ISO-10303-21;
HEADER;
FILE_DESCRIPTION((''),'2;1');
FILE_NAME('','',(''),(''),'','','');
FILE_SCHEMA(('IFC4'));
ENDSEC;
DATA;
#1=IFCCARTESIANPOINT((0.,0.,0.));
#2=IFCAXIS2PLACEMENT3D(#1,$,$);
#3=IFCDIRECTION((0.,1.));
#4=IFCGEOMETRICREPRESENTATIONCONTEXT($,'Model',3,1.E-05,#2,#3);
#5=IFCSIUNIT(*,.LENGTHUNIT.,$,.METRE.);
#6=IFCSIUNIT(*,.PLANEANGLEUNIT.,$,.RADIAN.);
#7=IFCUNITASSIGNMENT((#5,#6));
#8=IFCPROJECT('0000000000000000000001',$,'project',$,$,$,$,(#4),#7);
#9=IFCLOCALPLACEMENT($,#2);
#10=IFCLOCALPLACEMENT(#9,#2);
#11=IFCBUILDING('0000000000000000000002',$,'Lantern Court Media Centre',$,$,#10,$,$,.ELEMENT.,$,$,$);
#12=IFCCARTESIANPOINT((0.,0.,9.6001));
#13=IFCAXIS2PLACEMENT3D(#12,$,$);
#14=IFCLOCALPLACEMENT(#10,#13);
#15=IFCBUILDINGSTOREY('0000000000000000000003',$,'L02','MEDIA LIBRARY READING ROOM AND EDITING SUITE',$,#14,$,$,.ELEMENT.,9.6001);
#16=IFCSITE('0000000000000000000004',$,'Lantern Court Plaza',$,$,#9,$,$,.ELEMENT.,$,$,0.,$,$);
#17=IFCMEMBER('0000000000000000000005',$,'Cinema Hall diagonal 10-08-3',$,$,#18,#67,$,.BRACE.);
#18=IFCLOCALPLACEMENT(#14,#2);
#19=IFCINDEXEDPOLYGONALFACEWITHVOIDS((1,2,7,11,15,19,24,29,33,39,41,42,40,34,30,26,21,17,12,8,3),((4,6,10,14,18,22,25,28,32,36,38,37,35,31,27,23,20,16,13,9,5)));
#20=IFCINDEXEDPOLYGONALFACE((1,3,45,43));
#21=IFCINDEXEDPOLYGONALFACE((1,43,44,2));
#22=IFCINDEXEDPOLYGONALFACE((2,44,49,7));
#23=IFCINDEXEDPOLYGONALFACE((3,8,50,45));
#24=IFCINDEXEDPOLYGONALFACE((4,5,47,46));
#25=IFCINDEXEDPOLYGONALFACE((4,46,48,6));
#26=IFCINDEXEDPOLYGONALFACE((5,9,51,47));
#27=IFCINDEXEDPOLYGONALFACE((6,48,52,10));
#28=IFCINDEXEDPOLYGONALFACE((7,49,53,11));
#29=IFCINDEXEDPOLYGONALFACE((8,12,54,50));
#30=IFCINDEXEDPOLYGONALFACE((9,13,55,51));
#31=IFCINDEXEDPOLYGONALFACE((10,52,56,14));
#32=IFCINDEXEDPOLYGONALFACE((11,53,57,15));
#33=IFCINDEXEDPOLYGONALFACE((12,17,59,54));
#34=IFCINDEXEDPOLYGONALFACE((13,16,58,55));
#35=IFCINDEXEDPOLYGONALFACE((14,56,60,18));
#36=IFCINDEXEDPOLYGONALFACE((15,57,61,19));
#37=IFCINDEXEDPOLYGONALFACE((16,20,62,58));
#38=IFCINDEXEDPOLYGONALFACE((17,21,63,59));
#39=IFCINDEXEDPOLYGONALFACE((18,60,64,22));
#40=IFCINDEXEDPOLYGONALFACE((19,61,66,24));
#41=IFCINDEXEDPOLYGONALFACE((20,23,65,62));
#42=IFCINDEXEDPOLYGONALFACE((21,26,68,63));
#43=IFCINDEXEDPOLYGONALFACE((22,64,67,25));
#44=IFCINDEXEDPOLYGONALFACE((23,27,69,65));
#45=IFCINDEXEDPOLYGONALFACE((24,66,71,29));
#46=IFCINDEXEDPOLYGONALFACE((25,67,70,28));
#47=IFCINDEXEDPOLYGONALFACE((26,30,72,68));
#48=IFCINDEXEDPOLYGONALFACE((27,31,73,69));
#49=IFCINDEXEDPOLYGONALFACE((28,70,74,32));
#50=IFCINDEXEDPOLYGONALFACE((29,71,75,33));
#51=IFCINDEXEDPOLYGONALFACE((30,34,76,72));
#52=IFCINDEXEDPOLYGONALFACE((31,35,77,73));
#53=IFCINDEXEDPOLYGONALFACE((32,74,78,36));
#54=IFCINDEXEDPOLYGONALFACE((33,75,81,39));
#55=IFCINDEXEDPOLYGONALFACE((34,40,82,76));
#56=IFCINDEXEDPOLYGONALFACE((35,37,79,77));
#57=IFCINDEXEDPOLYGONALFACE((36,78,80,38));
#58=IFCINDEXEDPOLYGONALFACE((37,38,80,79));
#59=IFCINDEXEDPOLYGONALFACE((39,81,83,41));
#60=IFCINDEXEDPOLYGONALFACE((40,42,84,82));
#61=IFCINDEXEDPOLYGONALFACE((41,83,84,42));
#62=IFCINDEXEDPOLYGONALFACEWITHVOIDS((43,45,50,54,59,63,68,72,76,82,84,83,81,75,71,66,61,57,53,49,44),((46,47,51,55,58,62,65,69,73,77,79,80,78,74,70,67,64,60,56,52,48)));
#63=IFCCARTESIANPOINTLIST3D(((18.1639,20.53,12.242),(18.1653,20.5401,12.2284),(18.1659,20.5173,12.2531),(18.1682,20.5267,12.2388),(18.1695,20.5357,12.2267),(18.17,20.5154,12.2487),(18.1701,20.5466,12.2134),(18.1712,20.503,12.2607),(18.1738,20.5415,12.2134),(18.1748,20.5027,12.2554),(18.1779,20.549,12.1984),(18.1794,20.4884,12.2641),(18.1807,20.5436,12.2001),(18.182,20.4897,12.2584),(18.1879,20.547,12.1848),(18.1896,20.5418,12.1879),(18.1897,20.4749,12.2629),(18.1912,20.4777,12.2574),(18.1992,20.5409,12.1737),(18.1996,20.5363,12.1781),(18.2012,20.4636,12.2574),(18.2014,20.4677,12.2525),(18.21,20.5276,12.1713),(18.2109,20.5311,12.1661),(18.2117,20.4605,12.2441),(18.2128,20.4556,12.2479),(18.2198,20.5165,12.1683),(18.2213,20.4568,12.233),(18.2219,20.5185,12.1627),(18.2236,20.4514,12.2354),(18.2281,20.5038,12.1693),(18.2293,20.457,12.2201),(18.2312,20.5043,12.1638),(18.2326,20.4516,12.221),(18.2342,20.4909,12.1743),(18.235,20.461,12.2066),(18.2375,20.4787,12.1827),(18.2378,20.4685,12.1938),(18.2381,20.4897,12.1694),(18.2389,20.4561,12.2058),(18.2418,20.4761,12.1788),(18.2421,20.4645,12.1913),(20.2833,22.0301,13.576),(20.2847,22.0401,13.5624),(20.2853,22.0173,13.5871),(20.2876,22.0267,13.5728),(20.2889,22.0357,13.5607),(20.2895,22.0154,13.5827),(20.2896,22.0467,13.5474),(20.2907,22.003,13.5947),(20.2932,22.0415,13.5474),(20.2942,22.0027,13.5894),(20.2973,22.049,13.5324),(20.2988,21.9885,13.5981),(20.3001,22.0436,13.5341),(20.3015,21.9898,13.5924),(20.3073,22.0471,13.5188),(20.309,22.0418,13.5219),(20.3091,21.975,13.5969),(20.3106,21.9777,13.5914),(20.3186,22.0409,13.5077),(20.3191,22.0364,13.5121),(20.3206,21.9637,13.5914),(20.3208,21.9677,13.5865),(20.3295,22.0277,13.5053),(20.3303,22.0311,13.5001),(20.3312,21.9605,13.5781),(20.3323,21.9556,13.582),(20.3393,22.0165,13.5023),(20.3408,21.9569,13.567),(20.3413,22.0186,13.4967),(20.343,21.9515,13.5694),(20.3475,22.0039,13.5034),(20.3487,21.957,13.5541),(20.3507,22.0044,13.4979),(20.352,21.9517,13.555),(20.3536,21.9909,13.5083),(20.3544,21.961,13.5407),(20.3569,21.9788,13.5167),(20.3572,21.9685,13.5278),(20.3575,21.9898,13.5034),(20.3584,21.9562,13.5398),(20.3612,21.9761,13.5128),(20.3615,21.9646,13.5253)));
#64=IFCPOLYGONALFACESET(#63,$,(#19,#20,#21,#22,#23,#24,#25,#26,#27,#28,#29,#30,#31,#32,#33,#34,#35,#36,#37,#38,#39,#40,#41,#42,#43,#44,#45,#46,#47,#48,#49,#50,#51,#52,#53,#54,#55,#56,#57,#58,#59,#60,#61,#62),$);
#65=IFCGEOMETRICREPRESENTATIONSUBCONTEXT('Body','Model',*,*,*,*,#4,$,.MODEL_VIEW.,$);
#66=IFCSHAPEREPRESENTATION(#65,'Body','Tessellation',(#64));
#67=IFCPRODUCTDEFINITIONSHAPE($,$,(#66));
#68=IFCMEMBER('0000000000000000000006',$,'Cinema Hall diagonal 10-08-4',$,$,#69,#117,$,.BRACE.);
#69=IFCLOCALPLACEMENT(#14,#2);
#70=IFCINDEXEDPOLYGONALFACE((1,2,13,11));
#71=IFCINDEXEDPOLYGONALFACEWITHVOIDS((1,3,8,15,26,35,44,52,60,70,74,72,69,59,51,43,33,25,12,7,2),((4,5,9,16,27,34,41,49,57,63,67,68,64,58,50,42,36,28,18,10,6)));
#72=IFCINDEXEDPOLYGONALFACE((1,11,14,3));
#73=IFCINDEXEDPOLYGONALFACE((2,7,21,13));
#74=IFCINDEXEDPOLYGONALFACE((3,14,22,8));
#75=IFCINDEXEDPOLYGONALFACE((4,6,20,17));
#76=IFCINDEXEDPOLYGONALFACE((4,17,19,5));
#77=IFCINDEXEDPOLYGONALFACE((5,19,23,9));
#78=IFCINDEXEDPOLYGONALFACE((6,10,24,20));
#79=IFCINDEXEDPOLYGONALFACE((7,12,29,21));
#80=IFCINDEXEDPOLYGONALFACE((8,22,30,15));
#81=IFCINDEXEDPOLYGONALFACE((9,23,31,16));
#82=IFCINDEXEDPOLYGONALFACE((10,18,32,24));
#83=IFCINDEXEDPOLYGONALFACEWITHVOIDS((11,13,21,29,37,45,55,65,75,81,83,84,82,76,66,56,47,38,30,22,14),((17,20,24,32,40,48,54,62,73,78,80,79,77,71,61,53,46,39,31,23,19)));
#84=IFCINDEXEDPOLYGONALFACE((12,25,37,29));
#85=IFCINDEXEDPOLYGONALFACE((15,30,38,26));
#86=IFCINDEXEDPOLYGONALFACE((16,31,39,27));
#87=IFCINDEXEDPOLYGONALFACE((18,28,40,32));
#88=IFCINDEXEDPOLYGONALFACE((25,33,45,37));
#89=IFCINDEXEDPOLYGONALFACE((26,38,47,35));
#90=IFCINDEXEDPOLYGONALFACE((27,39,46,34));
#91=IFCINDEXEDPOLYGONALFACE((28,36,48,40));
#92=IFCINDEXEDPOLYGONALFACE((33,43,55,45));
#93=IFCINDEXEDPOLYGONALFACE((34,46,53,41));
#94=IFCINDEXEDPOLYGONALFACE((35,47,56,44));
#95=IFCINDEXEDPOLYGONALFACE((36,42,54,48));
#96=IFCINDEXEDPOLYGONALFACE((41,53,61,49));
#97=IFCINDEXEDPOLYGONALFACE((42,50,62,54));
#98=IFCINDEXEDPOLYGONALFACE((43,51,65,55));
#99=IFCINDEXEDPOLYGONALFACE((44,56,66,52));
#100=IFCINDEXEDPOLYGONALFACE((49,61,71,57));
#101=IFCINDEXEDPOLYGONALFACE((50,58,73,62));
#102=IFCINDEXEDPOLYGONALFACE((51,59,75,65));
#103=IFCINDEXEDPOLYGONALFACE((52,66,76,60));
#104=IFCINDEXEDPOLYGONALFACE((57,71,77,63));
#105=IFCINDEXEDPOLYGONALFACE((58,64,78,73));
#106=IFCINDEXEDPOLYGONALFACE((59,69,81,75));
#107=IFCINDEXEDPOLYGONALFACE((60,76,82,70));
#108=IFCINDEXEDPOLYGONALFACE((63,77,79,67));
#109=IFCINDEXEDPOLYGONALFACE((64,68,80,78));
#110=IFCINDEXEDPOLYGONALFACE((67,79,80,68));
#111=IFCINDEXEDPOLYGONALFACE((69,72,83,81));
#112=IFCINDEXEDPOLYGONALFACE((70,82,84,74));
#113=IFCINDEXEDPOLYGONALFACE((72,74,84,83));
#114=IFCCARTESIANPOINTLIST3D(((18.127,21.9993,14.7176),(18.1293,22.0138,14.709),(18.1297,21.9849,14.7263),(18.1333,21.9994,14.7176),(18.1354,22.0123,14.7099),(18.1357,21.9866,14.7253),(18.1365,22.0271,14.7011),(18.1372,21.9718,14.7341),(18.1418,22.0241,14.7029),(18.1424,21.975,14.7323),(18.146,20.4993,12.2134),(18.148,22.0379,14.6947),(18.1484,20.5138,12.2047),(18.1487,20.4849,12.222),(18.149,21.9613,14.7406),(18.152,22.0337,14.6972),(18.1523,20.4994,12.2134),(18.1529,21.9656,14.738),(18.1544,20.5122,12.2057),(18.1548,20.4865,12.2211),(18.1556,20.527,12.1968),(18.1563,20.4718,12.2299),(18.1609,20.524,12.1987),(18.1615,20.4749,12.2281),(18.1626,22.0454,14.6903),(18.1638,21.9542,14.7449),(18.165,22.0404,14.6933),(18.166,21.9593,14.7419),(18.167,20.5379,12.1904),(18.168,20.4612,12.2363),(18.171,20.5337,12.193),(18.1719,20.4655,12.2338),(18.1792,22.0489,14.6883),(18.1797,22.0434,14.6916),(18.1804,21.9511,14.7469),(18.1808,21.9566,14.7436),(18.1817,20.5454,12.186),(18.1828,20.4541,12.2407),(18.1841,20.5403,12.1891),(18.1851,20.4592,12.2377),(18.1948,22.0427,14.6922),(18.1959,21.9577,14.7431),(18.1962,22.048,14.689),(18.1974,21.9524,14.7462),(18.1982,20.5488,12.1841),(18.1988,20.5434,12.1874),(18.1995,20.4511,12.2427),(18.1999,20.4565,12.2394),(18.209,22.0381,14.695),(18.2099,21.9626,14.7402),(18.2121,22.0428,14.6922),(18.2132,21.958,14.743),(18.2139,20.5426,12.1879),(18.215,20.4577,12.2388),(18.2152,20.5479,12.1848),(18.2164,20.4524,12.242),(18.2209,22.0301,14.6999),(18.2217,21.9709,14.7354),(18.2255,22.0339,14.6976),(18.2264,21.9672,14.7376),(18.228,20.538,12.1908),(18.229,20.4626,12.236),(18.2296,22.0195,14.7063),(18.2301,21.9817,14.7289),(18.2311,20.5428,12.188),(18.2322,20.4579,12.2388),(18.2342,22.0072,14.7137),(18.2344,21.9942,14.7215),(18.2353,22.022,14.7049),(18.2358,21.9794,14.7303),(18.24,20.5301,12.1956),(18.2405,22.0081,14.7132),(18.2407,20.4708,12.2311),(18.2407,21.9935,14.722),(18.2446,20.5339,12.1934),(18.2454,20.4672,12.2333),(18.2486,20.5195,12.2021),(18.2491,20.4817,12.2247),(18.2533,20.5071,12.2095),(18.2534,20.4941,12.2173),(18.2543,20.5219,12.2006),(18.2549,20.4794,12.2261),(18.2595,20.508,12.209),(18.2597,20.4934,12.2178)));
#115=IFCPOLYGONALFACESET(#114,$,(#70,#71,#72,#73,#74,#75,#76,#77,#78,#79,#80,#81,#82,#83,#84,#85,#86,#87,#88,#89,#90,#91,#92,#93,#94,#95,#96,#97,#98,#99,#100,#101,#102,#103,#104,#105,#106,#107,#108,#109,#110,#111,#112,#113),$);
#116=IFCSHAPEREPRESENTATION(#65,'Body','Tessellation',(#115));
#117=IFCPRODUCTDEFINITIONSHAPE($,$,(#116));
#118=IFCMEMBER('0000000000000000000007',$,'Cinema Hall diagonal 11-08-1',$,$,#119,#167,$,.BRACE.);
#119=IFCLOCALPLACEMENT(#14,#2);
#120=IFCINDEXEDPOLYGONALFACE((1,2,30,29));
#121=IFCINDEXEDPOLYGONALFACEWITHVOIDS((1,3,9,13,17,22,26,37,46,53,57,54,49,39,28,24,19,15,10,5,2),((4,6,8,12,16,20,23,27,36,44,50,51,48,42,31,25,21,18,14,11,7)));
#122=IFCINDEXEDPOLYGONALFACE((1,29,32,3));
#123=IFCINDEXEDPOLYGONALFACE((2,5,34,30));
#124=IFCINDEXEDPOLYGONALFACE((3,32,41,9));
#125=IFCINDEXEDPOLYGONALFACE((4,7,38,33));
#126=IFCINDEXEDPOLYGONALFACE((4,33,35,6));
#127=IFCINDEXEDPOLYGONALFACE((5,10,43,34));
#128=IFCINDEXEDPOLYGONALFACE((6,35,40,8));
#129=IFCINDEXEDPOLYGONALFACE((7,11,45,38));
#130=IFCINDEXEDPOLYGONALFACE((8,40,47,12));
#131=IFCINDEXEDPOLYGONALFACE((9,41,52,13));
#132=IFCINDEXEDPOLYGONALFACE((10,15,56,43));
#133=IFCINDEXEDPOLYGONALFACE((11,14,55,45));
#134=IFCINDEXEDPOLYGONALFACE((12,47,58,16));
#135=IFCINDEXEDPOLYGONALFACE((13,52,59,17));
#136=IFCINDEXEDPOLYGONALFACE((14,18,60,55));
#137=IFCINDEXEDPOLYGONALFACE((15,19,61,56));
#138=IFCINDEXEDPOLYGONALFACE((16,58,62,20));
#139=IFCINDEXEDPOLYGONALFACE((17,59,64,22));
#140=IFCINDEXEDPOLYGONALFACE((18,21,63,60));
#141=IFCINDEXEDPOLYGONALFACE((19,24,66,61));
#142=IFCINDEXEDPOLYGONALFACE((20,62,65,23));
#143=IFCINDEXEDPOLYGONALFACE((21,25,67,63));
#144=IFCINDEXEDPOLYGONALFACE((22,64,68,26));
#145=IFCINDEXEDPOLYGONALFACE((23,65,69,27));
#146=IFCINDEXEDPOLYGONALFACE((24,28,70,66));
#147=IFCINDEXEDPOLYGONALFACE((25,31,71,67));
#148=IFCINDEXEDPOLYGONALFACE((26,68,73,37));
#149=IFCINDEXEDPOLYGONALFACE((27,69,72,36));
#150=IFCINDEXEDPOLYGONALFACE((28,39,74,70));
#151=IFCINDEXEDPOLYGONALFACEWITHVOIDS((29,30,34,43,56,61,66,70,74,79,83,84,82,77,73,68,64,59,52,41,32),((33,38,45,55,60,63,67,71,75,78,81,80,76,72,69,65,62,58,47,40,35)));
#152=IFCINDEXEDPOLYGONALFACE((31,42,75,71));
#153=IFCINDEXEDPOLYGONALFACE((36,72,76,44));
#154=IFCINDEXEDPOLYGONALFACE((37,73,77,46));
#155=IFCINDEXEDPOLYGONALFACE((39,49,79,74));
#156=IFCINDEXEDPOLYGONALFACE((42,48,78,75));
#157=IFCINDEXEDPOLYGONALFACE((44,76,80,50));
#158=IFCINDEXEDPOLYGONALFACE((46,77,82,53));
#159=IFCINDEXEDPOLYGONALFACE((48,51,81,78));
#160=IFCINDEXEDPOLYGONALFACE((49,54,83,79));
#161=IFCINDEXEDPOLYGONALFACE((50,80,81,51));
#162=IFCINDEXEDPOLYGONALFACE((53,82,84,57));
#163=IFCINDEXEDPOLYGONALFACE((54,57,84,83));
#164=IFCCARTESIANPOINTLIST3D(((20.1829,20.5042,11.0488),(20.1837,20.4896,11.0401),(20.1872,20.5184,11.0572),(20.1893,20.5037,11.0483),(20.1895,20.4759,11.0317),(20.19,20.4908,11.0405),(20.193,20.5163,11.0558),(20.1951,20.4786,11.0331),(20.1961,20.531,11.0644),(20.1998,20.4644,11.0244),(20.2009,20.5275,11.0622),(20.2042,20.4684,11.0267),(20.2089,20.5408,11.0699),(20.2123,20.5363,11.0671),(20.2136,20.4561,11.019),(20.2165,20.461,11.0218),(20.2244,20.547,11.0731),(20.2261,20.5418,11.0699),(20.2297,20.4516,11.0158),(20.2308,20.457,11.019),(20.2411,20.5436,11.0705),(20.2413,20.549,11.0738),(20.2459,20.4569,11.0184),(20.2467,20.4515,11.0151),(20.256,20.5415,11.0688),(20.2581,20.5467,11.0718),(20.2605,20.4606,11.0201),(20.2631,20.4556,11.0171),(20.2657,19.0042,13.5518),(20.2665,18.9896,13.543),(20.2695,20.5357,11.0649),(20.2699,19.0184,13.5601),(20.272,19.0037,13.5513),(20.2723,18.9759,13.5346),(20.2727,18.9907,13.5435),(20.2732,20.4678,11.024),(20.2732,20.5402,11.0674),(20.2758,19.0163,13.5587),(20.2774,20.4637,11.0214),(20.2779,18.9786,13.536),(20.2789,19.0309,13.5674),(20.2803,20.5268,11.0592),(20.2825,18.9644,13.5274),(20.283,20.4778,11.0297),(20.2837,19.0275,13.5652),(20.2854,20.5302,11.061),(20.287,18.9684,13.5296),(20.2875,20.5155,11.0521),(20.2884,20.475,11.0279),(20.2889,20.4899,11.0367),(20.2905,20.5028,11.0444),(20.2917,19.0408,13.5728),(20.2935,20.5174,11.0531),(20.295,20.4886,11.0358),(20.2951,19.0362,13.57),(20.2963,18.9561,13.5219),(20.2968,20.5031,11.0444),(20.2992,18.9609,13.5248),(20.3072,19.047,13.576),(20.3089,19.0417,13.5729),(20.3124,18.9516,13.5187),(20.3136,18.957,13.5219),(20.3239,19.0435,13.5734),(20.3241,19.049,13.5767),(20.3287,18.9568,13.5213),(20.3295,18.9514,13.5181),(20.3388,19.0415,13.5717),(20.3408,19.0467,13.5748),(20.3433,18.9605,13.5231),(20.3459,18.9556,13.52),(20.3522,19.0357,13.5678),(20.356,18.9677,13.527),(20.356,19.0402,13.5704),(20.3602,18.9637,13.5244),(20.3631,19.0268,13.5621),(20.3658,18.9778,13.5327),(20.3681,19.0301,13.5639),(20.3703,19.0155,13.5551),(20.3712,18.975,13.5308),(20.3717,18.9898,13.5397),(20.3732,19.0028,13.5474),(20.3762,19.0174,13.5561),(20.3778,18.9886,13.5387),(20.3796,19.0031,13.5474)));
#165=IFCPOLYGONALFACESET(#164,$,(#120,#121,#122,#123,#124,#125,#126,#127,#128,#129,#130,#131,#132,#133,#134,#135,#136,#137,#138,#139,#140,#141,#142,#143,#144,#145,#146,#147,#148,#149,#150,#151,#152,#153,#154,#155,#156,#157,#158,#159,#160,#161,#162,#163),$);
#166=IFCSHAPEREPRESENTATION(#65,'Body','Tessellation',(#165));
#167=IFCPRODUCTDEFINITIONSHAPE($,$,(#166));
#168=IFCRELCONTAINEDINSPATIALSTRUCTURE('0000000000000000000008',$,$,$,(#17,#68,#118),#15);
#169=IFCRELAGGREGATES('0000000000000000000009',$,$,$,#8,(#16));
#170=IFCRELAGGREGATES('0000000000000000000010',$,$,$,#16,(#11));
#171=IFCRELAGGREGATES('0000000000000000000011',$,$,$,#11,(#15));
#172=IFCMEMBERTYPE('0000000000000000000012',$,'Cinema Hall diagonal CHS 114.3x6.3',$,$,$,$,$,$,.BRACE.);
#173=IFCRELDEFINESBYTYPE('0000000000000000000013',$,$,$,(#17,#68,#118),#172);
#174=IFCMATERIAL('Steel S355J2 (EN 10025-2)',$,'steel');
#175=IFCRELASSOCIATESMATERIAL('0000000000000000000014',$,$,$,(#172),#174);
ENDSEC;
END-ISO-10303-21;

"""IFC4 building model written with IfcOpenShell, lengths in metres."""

from ifc_helpers import new_model, si_unit, direction, frame, origin, origin_2d, place, context, subcontext, project, spatial, hollow_circle, extrude, material, material_profile, profile_set, type_object, element, save


model = new_model("IFC4")

# Units and contexts
model_context = context("Model", 3, precision=1e-05, world=origin(), true_north=direction((0.0, 1.0)))
body_context = subcontext(model_context, "Body", "Model", "MODEL_VIEW")
ifc_project = project(units=[si_unit("LENGTHUNIT", "METRE"), si_unit("PLANEANGLEUNIT", "RADIAN")], contexts=[model_context])

# Site, building, storey
site_placement = place(None, origin())
site = spatial("IfcSite", under=ifc_project, at=site_placement, Name="Lantern Court Plaza", CompositionType="ELEMENT", RefElevation=0.0)
building_placement = place(site_placement, origin())
building = spatial("IfcBuilding", under=site, at=building_placement, Name="Lantern Court Media Centre", CompositionType="ELEMENT")
storey_placement = place(building_placement, frame((0.0, 0.0, 9.6001)))
storey = spatial("IfcBuildingStorey", under=building, at=storey_placement, Name="L02", Description="MEDIA LIBRARY READING ROOM AND EDITING SUITE", CompositionType="ELEMENT", Elevation=9.6001)

# Members
ifc_material = material(Name="Steel S355J2 (EN 10025-2)", Category="steel")
ifc_material_profile_1 = material_profile(ifc_material, hollow_circle(Radius=0.0571, WallThickness=0.0063, at=origin_2d()), Name="Cinema Hall diagonal CHS 114.3x6.3")
ifc_profile_set_1 = profile_set([ifc_material_profile_1], Name="Steel S355J2 (EN 10025-2)")
member_type_1 = type_object("IfcMemberType", Name="Cinema Hall diagonal CHS 114.3x6.3", PredefinedType="BRACE", material=ifc_profile_set_1)
for number, where, z_axis, x_axis, name in (
    (1, (18.2031, 20.5, 12.2134), (0.726034, 0.513852, 0.45698), (-0.577702, 0.816248, 0.0), "Cinema Hall diagonal 10-08-3"),
    (2, (18.2031, 20.5, 12.2134), (-0.006524, 0.513857, 0.857851), (-0.999919, -0.012694, 0.0), "Cinema Hall diagonal 10-08-4"),
    (3, (20.2397, 20.5, 11.0444), (0.028352, -0.513846, 0.857414), (0.998481, 0.055092, 0.0), "Cinema Hall diagonal 11-08-1"),
):
    element("IfcMember", number, at=place(storey_placement, frame(where, z_axis=z_axis, x_axis=x_axis)), inside=storey, type_object=member_type_1, Name=name, PredefinedType="BRACE", context=body_context, shape_type="SweptSolid", body=[
        extrude(hollow_circle(Radius=0.0571, WallThickness=0.0063, at=origin_2d()), origin(), (0.0, 0.0, 1.0), 2.9192),
    ])

save(model, "model.ifc")
